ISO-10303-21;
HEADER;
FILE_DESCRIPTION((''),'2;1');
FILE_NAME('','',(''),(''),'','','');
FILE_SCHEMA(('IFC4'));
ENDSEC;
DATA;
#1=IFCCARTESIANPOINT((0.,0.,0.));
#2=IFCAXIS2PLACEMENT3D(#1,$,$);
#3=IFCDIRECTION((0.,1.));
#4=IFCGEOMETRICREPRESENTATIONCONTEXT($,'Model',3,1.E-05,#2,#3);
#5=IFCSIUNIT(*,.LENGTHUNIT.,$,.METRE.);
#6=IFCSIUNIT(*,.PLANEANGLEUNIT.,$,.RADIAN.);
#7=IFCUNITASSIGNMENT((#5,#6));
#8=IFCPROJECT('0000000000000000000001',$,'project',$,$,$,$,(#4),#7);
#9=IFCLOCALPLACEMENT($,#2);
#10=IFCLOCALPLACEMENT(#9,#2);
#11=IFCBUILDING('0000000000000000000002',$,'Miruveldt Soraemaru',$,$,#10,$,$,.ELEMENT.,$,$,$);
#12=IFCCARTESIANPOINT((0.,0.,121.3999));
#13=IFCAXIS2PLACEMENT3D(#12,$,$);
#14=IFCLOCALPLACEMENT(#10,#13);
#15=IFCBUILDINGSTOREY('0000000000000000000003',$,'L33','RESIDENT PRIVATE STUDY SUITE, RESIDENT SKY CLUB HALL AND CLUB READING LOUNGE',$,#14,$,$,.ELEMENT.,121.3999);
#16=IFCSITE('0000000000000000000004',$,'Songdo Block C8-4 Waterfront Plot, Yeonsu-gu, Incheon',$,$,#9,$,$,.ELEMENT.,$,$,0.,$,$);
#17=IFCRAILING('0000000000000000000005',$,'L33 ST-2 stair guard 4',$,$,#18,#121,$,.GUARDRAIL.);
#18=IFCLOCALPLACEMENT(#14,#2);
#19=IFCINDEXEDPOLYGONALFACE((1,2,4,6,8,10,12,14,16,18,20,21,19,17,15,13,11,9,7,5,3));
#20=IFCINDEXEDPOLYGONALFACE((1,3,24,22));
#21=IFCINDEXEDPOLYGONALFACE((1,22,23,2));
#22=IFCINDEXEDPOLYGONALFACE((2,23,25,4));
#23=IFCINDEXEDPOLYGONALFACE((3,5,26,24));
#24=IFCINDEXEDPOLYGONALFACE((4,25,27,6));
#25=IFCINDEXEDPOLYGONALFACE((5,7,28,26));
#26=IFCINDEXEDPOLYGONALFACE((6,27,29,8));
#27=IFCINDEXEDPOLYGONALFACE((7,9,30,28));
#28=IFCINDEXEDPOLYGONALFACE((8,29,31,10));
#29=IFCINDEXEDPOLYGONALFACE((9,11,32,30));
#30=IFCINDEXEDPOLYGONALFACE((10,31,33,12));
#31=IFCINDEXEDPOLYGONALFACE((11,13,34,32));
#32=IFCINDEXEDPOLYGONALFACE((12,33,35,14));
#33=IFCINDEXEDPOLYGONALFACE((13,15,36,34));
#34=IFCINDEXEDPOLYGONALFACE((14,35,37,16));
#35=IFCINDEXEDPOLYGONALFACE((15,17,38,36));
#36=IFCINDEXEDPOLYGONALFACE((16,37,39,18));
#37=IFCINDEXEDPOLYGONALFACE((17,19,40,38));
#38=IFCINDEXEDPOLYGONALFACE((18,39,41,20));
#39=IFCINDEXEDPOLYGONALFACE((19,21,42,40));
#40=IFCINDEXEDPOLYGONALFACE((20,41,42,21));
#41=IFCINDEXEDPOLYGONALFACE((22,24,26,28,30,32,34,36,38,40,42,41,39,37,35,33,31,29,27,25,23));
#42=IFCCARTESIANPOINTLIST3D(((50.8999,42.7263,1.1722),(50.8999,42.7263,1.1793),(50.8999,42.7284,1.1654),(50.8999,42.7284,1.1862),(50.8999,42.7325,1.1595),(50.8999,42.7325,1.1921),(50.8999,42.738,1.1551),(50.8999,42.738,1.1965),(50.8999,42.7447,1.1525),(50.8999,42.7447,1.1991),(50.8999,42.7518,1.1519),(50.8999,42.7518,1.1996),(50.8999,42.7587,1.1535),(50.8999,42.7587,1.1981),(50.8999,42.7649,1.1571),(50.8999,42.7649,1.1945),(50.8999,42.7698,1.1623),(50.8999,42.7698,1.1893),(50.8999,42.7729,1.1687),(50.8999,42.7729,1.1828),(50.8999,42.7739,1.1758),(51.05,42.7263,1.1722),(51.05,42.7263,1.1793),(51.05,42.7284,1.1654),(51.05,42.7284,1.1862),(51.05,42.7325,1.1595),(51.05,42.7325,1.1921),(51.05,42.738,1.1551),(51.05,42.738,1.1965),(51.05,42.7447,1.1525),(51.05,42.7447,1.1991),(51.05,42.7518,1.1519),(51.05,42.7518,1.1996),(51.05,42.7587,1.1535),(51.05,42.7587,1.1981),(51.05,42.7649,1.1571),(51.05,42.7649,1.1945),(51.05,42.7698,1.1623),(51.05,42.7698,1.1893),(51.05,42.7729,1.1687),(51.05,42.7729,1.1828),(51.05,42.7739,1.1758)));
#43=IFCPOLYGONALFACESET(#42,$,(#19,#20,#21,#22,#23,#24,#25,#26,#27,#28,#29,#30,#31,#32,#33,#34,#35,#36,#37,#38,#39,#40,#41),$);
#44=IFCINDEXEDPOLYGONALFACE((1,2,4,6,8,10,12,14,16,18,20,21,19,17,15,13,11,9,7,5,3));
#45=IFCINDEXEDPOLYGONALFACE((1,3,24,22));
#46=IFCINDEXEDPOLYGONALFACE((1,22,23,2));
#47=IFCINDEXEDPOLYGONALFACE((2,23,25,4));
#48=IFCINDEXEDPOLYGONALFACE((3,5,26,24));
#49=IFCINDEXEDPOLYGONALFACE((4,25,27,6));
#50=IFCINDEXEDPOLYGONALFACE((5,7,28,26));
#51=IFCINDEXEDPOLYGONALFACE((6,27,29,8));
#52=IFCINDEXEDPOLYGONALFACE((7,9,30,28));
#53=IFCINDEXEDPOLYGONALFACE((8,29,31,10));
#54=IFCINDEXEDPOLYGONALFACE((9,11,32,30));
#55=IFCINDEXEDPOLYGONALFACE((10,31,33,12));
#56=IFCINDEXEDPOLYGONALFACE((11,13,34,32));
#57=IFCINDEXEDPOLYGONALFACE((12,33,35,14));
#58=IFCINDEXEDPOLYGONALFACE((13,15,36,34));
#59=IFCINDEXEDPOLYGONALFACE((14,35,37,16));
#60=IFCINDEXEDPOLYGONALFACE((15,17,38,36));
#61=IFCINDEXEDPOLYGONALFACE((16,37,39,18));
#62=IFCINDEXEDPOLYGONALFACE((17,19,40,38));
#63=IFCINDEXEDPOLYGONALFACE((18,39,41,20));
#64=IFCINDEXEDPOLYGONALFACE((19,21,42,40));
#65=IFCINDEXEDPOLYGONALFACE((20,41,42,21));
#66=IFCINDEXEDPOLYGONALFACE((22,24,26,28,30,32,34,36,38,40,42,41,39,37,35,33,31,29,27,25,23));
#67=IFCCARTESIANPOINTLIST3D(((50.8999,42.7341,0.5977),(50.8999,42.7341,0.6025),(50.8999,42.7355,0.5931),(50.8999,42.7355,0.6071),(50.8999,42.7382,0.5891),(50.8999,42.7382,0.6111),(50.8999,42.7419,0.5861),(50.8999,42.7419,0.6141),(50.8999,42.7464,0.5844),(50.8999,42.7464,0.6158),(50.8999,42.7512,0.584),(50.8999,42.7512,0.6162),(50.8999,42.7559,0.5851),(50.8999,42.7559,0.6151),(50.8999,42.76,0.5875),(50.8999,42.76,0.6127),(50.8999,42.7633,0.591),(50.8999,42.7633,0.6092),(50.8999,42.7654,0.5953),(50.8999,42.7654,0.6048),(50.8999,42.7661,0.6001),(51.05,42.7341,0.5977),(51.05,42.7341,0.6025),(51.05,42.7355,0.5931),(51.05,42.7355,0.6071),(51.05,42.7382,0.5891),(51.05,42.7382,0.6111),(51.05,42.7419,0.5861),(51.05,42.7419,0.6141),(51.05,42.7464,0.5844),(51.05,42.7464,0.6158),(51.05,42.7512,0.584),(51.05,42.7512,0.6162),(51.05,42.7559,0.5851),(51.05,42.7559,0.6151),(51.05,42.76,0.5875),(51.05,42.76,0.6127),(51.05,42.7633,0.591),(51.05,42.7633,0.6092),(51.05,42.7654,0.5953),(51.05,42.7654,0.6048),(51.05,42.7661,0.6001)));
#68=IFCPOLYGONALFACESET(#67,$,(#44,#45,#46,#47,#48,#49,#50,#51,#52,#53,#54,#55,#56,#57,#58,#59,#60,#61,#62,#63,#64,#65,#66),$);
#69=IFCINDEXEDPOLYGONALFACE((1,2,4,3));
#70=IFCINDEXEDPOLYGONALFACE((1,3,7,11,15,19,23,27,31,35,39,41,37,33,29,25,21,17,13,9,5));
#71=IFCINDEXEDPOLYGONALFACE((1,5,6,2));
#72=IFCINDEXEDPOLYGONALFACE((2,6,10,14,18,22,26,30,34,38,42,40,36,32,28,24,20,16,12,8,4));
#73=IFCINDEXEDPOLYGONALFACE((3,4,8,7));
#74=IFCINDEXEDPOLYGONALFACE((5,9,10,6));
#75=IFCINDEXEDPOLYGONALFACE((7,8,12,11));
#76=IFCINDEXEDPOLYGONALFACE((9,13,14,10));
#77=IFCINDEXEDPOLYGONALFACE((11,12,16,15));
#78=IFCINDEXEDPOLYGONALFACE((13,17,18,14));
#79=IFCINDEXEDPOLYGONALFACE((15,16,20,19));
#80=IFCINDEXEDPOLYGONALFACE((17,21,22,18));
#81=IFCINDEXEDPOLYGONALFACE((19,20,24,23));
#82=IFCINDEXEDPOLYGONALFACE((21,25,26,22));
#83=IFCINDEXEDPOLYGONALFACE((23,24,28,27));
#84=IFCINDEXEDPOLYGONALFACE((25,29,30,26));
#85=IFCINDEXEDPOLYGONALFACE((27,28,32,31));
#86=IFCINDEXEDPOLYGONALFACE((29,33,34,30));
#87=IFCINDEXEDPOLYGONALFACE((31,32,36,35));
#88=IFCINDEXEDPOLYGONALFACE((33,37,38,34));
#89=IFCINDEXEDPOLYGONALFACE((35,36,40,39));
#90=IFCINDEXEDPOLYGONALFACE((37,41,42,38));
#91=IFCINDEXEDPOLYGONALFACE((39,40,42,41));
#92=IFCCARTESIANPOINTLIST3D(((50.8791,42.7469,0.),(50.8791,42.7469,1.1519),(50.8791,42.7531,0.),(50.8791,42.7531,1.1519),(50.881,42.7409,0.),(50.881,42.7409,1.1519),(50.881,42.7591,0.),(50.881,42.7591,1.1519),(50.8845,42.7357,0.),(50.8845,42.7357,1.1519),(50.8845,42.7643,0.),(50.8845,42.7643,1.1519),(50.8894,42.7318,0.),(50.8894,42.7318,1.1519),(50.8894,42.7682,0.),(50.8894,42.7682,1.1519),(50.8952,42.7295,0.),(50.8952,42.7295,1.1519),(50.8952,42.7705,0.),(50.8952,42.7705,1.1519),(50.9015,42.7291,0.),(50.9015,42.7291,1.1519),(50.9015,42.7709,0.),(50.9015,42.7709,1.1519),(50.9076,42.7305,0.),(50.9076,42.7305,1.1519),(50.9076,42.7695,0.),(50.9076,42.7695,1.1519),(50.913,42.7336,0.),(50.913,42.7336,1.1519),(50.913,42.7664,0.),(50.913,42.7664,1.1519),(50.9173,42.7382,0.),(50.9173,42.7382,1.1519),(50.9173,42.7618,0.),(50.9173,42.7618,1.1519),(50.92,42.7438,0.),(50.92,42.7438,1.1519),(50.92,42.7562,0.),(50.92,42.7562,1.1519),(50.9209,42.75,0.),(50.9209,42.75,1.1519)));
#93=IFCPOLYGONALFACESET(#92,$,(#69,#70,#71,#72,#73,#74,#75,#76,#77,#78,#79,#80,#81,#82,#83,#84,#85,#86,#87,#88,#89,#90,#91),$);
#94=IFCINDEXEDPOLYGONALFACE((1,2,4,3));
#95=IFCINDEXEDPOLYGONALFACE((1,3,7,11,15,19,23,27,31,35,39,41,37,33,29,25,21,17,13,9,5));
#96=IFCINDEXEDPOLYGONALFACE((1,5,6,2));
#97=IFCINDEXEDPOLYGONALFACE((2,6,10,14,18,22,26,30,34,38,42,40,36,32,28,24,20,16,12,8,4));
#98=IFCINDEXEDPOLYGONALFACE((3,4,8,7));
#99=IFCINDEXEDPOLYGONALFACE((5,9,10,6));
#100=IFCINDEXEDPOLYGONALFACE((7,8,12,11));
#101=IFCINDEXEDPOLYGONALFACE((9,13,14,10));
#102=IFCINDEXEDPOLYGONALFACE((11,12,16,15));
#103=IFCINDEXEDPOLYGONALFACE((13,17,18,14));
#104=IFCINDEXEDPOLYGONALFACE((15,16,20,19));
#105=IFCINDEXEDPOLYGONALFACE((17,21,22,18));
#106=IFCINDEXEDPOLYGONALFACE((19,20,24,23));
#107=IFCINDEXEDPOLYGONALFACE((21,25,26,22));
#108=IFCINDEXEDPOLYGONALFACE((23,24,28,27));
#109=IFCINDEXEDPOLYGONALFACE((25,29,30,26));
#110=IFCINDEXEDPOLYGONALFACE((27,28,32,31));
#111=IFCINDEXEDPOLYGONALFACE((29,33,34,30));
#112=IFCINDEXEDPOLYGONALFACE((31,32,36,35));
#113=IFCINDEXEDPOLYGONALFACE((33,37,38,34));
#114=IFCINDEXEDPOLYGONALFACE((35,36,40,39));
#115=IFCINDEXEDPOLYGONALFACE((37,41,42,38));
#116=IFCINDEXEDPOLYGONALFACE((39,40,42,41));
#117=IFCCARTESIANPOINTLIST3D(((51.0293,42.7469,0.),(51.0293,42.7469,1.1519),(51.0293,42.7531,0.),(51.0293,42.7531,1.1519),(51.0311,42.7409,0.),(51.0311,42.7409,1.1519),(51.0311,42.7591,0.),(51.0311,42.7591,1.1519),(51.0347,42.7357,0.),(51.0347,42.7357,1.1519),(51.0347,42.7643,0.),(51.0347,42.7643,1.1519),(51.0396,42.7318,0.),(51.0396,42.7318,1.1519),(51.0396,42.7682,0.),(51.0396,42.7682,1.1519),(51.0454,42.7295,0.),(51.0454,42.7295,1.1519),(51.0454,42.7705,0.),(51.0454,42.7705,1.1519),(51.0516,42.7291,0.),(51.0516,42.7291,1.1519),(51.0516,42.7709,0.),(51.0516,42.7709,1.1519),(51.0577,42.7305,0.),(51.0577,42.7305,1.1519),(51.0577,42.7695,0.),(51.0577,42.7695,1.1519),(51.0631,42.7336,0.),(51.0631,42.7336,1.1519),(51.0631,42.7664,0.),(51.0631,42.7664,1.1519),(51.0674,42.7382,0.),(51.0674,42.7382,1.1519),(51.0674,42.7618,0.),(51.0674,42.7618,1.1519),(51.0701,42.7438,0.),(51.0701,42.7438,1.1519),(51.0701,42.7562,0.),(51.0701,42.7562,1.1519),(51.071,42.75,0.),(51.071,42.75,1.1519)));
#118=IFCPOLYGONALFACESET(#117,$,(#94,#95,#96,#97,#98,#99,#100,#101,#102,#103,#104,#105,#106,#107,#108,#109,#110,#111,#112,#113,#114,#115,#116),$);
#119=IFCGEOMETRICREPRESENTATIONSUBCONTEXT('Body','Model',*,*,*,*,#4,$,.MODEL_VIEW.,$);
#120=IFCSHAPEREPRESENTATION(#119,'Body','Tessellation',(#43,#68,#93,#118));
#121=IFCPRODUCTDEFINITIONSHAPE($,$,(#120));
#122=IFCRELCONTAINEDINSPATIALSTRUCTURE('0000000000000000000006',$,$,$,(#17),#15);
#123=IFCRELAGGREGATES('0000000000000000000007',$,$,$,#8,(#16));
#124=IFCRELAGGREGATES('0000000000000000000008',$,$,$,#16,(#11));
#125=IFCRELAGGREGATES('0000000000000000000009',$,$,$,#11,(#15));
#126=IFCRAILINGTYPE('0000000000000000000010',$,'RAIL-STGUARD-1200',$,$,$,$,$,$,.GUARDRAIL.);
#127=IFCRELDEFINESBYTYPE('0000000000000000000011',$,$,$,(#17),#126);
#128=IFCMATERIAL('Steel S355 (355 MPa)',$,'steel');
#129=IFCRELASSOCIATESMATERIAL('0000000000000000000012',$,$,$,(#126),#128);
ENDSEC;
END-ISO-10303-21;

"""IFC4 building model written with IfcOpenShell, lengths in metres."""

from ifc_helpers import new_model, si_unit, direction, frame, origin, origin_2d, place, context, subcontext, project, spatial, circle, extrude, material, type_object, element, save


model = new_model("IFC4")

# Units and contexts
model_context = context("Model", 3, precision=1e-05, world=origin(), true_north=direction((0.0, 1.0)))
body_context = subcontext(model_context, "Body", "Model", "MODEL_VIEW")
ifc_project = project(units=[si_unit("LENGTHUNIT", "METRE"), si_unit("PLANEANGLEUNIT", "RADIAN")], contexts=[model_context])

# Site, building, storey
site_placement = place(None, origin())
site = spatial("IfcSite", under=ifc_project, at=site_placement, Name="Songdo Block C8-4 Waterfront Plot, Yeonsu-gu, Incheon", CompositionType="ELEMENT", RefElevation=0.0)
building_placement = place(site_placement, origin())
building = spatial("IfcBuilding", under=site, at=building_placement, Name="Miruveldt Soraemaru", CompositionType="ELEMENT")
storey_placement = place(building_placement, frame((0.0, 0.0, 121.3999)))
storey = spatial("IfcBuildingStorey", under=building, at=storey_placement, Name="L33", Description="RESIDENT PRIVATE STUDY SUITE, RESIDENT SKY CLUB HALL AND CLUB READING LOUNGE", CompositionType="ELEMENT", Elevation=121.3999)

# Railing
ifc_material_1 = material(Name="Steel S355 (355 MPa)", Category="steel")
railing_type_1 = type_object("IfcRailingType", Name="RAIL-STGUARD-1200", PredefinedType="GUARDRAIL", material=ifc_material_1)
railing_1_placement = place(storey_placement, frame((50.8999, 42.75, 0.0)))
element("IfcRailing", 1, at=railing_1_placement, inside=storey, type_object=railing_type_1, Name="L33 ST-2 stair guard 4", PredefinedType="GUARDRAIL", context=body_context, shape_type="SweptSolid", body=[
    extrude(circle(Radius=0.0239, at=origin_2d()), frame((0.0, 0.0, 1.1758), z_axis=(1.0, 0.0, 0.0), x_axis=(0.0, 1.0, 0.0)), (0.0, 0.0, 1.0), 0.1501),
    extrude(circle(Radius=0.0161, at=origin_2d()), frame((0.0, 0.0, 0.6001), z_axis=(1.0, 0.0, 0.0), x_axis=(0.0, 1.0, 0.0)), (0.0, 0.0, 1.0), 0.1501),
    extrude(circle(Radius=0.021, at=origin_2d()), origin(), (0.0, 0.0, 1.0), 1.1519),
    extrude(circle(Radius=0.021, at=origin_2d()), frame((0.1501, 0.0, 0.0)), (0.0, 0.0, 1.0), 1.1519),
])

save(model, "model.ifc")
